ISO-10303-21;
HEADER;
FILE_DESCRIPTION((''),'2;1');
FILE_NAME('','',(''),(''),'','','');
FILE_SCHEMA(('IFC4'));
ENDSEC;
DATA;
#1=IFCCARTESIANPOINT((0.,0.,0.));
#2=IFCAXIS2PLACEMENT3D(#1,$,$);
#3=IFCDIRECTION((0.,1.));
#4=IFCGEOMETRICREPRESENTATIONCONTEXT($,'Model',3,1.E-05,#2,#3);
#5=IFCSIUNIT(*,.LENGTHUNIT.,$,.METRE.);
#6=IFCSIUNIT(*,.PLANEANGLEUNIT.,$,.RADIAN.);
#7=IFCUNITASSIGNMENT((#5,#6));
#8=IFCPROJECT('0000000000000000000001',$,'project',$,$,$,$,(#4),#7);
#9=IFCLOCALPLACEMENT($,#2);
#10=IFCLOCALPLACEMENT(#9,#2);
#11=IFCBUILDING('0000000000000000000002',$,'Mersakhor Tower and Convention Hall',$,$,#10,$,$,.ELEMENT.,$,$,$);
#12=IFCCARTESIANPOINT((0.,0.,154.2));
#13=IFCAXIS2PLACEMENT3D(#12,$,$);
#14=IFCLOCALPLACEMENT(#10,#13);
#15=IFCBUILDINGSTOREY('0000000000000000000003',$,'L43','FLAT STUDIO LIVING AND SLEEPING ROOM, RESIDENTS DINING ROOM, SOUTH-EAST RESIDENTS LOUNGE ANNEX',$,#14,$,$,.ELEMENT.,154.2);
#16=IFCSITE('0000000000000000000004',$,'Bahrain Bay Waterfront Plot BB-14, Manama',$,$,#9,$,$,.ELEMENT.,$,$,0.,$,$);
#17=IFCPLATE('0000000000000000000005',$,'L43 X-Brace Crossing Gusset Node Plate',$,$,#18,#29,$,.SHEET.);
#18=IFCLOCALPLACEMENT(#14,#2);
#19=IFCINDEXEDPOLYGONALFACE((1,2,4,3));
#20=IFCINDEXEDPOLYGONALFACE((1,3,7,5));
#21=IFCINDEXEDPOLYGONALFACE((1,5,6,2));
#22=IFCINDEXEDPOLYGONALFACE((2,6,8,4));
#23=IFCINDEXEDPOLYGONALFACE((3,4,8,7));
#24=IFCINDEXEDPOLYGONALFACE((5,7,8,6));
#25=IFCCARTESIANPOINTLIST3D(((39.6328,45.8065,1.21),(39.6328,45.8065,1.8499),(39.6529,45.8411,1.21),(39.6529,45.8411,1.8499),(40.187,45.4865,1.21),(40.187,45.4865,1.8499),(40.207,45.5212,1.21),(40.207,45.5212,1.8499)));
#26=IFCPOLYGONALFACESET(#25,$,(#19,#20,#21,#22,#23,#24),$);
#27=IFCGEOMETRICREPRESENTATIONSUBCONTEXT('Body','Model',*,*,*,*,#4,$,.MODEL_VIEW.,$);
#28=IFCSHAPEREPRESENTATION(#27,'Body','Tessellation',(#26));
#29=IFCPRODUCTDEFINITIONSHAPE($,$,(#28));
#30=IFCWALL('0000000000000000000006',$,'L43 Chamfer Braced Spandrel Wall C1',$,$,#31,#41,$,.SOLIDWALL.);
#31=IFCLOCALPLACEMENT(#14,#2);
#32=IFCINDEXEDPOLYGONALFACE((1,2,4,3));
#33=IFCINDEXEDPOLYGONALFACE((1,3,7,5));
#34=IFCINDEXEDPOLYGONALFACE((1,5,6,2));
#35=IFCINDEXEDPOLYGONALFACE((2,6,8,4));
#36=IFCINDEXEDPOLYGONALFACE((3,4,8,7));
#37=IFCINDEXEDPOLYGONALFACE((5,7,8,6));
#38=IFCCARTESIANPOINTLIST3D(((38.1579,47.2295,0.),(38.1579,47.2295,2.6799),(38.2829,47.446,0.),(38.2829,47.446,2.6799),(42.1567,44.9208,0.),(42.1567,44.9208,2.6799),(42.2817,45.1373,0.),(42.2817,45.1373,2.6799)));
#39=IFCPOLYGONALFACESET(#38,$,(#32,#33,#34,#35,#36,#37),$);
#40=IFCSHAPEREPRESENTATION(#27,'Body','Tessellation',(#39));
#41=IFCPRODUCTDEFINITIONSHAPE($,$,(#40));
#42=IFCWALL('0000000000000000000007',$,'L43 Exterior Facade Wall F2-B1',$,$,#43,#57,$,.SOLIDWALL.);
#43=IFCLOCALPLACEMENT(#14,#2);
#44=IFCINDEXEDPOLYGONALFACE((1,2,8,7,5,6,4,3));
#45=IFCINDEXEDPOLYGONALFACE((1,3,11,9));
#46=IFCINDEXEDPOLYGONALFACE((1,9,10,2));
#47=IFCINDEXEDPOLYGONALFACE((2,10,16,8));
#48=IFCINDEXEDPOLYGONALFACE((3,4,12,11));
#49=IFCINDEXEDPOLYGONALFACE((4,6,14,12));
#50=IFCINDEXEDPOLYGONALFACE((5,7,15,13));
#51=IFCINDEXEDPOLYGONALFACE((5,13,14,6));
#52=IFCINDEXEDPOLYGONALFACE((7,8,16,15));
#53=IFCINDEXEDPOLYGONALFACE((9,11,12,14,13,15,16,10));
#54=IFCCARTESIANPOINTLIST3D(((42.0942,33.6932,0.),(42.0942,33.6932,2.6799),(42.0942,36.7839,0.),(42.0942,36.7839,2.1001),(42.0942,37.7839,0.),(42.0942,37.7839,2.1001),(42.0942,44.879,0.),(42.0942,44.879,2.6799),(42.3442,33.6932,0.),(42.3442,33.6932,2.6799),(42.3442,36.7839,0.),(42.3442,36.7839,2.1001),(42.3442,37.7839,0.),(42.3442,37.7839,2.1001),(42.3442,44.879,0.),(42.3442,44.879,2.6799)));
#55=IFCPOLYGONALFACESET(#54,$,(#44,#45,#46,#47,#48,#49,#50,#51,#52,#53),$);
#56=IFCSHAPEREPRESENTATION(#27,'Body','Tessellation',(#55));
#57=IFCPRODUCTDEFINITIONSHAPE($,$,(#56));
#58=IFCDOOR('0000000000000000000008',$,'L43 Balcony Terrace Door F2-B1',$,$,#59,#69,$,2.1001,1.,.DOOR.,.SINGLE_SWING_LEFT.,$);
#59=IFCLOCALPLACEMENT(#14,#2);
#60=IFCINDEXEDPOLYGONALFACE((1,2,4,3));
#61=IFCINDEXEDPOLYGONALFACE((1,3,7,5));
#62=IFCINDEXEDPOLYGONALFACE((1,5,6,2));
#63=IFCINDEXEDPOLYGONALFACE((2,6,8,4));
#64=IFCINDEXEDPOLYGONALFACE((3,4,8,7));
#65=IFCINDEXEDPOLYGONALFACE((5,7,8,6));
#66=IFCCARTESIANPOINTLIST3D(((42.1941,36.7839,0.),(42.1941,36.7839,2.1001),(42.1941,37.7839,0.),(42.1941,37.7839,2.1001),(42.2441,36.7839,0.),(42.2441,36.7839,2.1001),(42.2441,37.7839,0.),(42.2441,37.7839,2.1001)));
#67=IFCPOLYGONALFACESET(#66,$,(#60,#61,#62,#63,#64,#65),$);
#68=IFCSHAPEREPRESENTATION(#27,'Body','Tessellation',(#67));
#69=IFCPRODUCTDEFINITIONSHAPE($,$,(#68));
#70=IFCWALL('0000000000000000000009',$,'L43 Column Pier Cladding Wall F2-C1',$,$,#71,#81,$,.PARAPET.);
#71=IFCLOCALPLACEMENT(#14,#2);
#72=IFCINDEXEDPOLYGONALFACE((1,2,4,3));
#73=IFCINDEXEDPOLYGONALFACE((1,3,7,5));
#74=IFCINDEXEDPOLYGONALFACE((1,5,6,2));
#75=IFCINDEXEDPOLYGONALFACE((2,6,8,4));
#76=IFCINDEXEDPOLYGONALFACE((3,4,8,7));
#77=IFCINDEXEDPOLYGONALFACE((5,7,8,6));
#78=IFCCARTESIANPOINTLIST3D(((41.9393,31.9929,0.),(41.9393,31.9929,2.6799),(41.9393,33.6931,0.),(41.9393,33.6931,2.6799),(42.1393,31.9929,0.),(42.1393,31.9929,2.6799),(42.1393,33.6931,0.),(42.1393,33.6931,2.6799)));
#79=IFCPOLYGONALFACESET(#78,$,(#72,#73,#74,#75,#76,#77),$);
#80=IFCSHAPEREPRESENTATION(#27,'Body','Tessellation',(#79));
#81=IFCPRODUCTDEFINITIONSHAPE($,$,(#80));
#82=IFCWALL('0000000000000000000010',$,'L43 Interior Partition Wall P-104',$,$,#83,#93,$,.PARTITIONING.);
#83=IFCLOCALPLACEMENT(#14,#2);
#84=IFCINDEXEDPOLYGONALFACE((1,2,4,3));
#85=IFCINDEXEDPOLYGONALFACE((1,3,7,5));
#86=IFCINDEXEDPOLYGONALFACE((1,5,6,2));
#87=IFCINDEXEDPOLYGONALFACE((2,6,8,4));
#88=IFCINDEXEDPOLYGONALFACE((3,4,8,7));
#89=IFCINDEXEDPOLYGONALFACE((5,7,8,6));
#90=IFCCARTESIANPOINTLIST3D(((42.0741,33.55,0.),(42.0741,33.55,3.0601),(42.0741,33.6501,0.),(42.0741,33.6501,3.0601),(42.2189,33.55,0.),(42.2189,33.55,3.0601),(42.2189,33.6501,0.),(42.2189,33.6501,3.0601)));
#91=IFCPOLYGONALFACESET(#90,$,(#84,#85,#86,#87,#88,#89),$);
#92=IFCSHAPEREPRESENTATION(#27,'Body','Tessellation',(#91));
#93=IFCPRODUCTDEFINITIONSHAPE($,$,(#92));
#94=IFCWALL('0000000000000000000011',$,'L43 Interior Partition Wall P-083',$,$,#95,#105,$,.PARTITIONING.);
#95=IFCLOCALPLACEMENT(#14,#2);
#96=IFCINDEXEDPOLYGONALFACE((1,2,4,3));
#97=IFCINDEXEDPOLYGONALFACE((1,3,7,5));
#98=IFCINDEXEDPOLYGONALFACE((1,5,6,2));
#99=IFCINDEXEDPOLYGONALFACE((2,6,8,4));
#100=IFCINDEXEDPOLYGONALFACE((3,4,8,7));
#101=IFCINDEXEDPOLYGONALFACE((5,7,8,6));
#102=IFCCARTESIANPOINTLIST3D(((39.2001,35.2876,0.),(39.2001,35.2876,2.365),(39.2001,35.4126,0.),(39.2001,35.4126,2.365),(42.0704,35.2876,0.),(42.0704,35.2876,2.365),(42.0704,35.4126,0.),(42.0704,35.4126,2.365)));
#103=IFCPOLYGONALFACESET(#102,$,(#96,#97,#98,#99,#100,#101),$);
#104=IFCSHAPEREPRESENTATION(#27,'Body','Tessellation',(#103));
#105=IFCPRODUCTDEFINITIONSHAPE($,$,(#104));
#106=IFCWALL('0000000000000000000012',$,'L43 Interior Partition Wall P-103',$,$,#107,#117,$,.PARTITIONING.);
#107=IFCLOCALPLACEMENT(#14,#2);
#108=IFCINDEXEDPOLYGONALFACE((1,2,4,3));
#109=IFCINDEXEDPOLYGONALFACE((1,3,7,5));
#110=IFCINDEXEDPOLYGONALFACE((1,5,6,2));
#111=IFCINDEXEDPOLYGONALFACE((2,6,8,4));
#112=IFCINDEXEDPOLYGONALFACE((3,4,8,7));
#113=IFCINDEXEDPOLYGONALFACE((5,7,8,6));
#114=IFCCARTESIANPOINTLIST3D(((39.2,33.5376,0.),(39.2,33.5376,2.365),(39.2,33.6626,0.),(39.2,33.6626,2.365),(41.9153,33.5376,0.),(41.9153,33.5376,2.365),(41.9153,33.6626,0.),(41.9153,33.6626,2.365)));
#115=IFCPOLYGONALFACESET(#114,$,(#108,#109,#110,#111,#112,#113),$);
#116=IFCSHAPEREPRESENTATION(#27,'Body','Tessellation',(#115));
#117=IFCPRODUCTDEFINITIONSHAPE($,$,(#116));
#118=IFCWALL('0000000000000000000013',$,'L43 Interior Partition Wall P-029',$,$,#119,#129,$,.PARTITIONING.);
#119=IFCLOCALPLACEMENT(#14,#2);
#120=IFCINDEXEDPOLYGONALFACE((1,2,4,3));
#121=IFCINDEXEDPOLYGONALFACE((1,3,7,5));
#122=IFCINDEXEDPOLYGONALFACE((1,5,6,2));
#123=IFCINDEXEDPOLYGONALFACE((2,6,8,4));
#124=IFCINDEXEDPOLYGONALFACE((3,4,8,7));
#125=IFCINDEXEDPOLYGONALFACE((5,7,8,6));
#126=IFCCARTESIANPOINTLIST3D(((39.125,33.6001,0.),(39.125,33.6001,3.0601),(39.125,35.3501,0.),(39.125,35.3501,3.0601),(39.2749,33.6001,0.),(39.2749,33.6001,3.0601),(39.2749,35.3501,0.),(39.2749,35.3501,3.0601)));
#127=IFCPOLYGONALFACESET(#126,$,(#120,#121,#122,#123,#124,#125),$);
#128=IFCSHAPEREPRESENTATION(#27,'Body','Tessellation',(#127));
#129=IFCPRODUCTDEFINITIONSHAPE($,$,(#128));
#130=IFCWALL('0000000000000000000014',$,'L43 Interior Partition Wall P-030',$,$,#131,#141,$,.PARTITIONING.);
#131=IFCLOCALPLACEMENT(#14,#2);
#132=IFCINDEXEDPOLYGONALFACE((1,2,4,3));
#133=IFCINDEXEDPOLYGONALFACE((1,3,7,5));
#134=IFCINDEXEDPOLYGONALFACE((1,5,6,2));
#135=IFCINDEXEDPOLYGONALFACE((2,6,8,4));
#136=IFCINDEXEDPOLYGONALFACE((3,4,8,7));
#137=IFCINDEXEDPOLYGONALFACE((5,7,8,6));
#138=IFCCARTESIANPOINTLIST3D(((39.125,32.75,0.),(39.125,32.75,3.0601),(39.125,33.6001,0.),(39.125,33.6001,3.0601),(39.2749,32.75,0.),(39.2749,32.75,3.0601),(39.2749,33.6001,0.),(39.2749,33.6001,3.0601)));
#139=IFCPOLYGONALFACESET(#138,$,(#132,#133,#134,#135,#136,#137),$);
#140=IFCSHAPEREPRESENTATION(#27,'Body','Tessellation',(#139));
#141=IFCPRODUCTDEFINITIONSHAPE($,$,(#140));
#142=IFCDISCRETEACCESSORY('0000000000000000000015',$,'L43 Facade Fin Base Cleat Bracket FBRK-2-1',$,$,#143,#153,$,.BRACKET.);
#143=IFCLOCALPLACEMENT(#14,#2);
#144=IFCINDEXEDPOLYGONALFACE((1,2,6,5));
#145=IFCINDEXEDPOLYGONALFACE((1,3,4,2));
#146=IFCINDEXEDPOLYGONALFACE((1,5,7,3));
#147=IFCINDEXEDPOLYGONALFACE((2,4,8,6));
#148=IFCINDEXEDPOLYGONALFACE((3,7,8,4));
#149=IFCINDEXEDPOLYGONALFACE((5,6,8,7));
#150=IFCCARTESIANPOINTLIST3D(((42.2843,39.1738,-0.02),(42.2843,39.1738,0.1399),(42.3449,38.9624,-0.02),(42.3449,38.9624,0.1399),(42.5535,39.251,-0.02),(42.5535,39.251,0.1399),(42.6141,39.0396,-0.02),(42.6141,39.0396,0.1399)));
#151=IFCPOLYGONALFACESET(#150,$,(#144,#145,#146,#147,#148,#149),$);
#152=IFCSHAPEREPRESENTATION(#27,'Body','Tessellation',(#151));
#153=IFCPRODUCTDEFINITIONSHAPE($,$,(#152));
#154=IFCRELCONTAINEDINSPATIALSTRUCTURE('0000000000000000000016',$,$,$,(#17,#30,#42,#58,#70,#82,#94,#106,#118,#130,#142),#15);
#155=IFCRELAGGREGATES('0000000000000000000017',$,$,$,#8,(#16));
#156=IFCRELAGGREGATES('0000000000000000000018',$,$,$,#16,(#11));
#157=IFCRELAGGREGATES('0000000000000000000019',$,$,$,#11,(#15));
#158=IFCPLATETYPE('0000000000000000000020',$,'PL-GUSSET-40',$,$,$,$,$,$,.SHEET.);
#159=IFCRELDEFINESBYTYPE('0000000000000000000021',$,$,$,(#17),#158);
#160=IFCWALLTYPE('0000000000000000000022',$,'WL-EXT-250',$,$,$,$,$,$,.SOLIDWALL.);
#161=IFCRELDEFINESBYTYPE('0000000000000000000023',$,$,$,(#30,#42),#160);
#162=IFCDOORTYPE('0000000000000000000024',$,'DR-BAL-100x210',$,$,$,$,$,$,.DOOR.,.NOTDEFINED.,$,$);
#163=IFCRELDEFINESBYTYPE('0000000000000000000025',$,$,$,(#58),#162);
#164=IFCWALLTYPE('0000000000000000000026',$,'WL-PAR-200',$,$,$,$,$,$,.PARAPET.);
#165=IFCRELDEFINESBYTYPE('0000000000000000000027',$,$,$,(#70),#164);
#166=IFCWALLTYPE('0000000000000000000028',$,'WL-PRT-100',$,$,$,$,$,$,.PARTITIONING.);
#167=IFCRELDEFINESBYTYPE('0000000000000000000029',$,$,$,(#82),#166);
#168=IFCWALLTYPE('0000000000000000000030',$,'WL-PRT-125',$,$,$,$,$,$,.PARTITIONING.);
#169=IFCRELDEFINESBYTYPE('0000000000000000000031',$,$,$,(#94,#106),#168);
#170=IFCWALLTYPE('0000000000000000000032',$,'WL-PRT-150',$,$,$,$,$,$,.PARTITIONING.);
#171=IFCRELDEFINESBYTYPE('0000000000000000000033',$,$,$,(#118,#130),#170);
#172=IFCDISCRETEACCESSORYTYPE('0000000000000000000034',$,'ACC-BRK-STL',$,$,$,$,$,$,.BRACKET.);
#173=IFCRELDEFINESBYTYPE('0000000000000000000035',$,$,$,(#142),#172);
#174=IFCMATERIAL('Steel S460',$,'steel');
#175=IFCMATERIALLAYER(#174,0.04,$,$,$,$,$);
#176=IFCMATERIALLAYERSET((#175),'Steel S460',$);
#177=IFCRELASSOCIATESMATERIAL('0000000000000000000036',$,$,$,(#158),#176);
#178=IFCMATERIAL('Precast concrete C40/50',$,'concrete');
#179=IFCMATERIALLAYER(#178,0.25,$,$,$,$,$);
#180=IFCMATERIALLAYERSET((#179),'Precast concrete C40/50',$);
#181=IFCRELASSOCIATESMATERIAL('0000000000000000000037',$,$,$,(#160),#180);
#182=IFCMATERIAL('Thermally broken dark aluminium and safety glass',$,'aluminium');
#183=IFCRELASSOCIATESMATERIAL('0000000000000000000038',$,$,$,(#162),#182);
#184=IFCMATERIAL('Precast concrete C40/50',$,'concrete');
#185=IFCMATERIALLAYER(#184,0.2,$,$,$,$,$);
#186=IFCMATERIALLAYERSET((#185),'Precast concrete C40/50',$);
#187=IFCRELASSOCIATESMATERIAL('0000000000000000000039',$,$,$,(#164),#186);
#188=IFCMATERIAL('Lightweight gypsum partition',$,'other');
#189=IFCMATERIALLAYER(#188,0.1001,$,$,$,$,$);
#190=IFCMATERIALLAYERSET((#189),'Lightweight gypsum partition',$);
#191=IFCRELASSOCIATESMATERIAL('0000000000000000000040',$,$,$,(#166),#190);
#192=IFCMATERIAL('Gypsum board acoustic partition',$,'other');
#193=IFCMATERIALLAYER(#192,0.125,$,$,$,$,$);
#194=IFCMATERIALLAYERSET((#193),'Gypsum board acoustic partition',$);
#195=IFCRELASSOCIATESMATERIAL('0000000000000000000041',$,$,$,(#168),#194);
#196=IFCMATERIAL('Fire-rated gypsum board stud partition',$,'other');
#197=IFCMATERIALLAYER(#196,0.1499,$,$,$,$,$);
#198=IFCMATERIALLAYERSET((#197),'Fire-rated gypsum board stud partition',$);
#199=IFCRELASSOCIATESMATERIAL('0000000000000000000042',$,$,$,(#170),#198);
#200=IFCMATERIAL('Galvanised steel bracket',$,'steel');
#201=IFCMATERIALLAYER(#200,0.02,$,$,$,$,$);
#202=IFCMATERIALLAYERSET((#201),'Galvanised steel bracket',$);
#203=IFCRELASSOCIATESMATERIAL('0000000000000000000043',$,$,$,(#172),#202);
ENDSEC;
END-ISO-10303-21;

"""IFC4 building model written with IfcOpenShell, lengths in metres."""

from ifc_helpers import new_model, si_unit, direction, frame, frame_2d, origin, origin_2d, place, context, subcontext, project, spatial, rectangle, extrude, material, layer, layer_set, type_object, element, fill, save


model = new_model("IFC4")

# Units and contexts
model_context = context("Model", 3, precision=1e-05, world=origin(), true_north=direction((0.0, 1.0)))
body_context = subcontext(model_context, "Body", "Model", "MODEL_VIEW")
ifc_project = project(units=[si_unit("LENGTHUNIT", "METRE"), si_unit("PLANEANGLEUNIT", "RADIAN")], contexts=[model_context])

# Site, building, storey
site_placement = place(None, origin())
site = spatial("IfcSite", under=ifc_project, at=site_placement, Name="Bahrain Bay Waterfront Plot BB-14, Manama", CompositionType="ELEMENT", RefElevation=0.0)
building_placement = place(site_placement, origin())
building = spatial("IfcBuilding", under=site, at=building_placement, Name="Mersakhor Tower and Convention Hall", CompositionType="ELEMENT")
storey_placement = place(building_placement, frame((0.0, 0.0, 154.2)))
storey = spatial("IfcBuildingStorey", under=building, at=storey_placement, Name="L43", Description="FLAT STUDIO LIVING AND SLEEPING ROOM, RESIDENTS DINING ROOM, SOUTH-EAST RESIDENTS LOUNGE ANNEX", CompositionType="ELEMENT", Elevation=154.2)

# Plate
ifc_material_1 = material(Name="Steel S460", Category="steel")
ifc_layer_1 = layer(ifc_material_1, 0.04)
ifc_layer_set_1 = layer_set([ifc_layer_1], Name="Steel S460")
plate_type_1 = type_object("IfcPlateType", Name="PL-GUSSET-40", PredefinedType="SHEET", material=ifc_layer_set_1)
plate_1_placement = place(storey_placement, frame((39.9199, 45.6638, 1.21), z_axis=(0.0, 0.0, 1.0), x_axis=(-0.866025, 0.5, 0.0)))
element("IfcPlate", 1, at=plate_1_placement, inside=storey, type_object=plate_type_1, Name="L43 X-Brace Crossing Gusset Node Plate", PredefinedType="SHEET", context=body_context, shape_type="SweptSolid", body=[
    extrude(rectangle(XDim=0.6399, YDim=0.04, at=origin_2d()), origin(), (0.0, 0.0, 1.0), 0.6399),
])

# Wall
ifc_material_2 = material(Name="Precast concrete C40/50", Category="concrete")
ifc_layer_2 = layer(ifc_material_2, 0.25)
ifc_layer_set_2 = layer_set([ifc_layer_2], Name="Precast concrete C40/50")
wall_type_1 = type_object("IfcWallType", Name="WL-EXT-250", PredefinedType="SOLIDWALL", material=ifc_layer_set_2)
wall_1_placement = place(storey_placement, frame((38.2205, 47.3376, 0.0), z_axis=(0.0, 0.0, 1.0), x_axis=(0.866035, -0.499983, 0.0)))
element("IfcWall", 2, at=wall_1_placement, inside=storey, type_object=wall_type_1, Name="L43 Chamfer Braced Spandrel Wall C1", PredefinedType="SOLIDWALL", context=body_context, shape_type="SweptSolid", body=[
    extrude(rectangle(XDim=4.6174, YDim=0.25, at=frame_2d((2.3086, 0.0))), origin(), (0.0, 0.0, 1.0), 2.6799),
])

# Wall, opening, door
wall_2_placement = place(storey_placement, frame((42.2192, 44.8789, 0.0), z_axis=(0.0, 0.0, 1.0), x_axis=(0.0, -1.0, 0.0)))
wall_2 = element("IfcWall", 3, at=wall_2_placement, inside=storey, type_object=wall_type_1, Name="L43 Exterior Facade Wall F2-B1", PredefinedType="SOLIDWALL", context=body_context, shape_type="SweptSolid", body=[
    extrude(rectangle(XDim=11.1858, YDim=0.25, at=frame_2d((5.5928, 0.0))), origin(), (0.0, 0.0, 1.0), 2.6799),
])
opening_placement = place(wall_2_placement, frame((7.095, 0.0, 0.0)))
opening = element("IfcOpeningElement", 4, at=opening_placement, cuts=wall_2, PredefinedType="OPENING", context=body_context, shape_type="SweptSolid", body=[
    extrude(rectangle(XDim=1.0, YDim=2.1001, at=frame_2d((0.5, 1.05))), frame((0.0, 0.135, 0.0), z_axis=(0.0, -1.0, 0.0), x_axis=(1.0, 0.0, 0.0)), (0.0, 0.0, 1.0), 0.27),
])
ifc_material_3 = material(Name="Thermally broken dark aluminium and safety glass", Category="aluminium")
door_type = type_object("IfcDoorType", Name="DR-BAL-100x210", OperationType="NOTDEFINED", PredefinedType="DOOR", material=ifc_material_3)
door_placement = place(opening_placement, origin())
door = element("IfcDoor", 5, at=door_placement, inside=storey, type_object=door_type, Name="L43 Balcony Terrace Door F2-B1", OperationType="SINGLE_SWING_LEFT", OverallHeight=2.1001, OverallWidth=1.0, PredefinedType="DOOR", context=body_context, shape_type="SweptSolid", body=[
    extrude(rectangle(XDim=1.0, YDim=2.1001, at=frame_2d((0.5, 1.05))), frame((0.0, 0.0249, 0.0), z_axis=(0.0, -1.0, 0.0), x_axis=(1.0, 0.0, 0.0)), (0.0, 0.0, 1.0), 0.05),
])
fill(opening, door)

# Walls
ifc_material_4 = material(Name="Precast concrete C40/50", Category="concrete")
ifc_layer_3 = layer(ifc_material_4, 0.2)
ifc_layer_set_3 = layer_set([ifc_layer_3], Name="Precast concrete C40/50")
wall_type_2 = type_object("IfcWallType", Name="WL-PAR-200", PredefinedType="PARAPET", material=ifc_layer_set_3)
wall_3_placement = place(storey_placement, frame((42.0393, 33.6931, 0.0), z_axis=(0.0, 0.0, 1.0), x_axis=(0.0, -1.0, 0.0)))
element("IfcWall", 6, at=wall_3_placement, inside=storey, type_object=wall_type_2, Name="L43 Column Pier Cladding Wall F2-C1", PredefinedType="PARAPET", context=body_context, shape_type="SweptSolid", body=[
    extrude(rectangle(XDim=1.7002, YDim=0.2, at=frame_2d((0.8501, 0.0))), origin(), (0.0, 0.0, 1.0), 2.6799),
])
ifc_material_5 = material(Name="Lightweight gypsum partition", Category="other")
ifc_layer_4 = layer(ifc_material_5, 0.1001)
ifc_layer_set_4 = layer_set([ifc_layer_4], Name="Lightweight gypsum partition")
wall_type_3 = type_object("IfcWallType", Name="WL-PRT-100", PredefinedType="PARTITIONING", material=ifc_layer_set_4)
wall_4_placement = place(storey_placement, frame((42.0742, 33.6001, 0.0), z_axis=(0.0, 0.0, 1.0), x_axis=(1.0, 0.0, 0.0)))
element("IfcWall", 7, at=wall_4_placement, inside=storey, type_object=wall_type_3, Name="L43 Interior Partition Wall P-104", PredefinedType="PARTITIONING", context=body_context, shape_type="SweptSolid", body=[
    extrude(rectangle(XDim=0.1448, YDim=0.1001, at=frame_2d((0.0723, 0.0))), origin(), (0.0, 0.0, 1.0), 3.0601),
])
ifc_material_6 = material(Name="Gypsum board acoustic partition", Category="other")
ifc_layer_5 = layer(ifc_material_6, 0.125)
ifc_layer_set_5 = layer_set([ifc_layer_5], Name="Gypsum board acoustic partition")
wall_type_4 = type_object("IfcWallType", Name="WL-PRT-125", PredefinedType="PARTITIONING", material=ifc_layer_set_5)
wall_5_placement = place(storey_placement, frame((42.0703, 35.3501, 0.0), z_axis=(0.0, 0.0, 1.0), x_axis=(-1.0, 0.0, 0.0)))
element("IfcWall", 8, at=wall_5_placement, inside=storey, type_object=wall_type_4, Name="L43 Interior Partition Wall P-083", PredefinedType="PARTITIONING", context=body_context, shape_type="SweptSolid", body=[
    extrude(rectangle(XDim=2.8704, YDim=0.125, at=frame_2d((1.4351, 0.0))), origin(), (0.0, 0.0, 1.0), 2.365),
])
wall_6_placement = place(storey_placement, frame((39.2, 33.6001, 0.0), z_axis=(0.0, 0.0, 1.0), x_axis=(1.0, 0.0, 0.0)))
element("IfcWall", 9, at=wall_6_placement, inside=storey, type_object=wall_type_4, Name="L43 Interior Partition Wall P-103", PredefinedType="PARTITIONING", context=body_context, shape_type="SweptSolid", body=[
    extrude(rectangle(XDim=2.7153, YDim=0.125, at=frame_2d((1.3577, 0.0))), origin(), (0.0, 0.0, 1.0), 2.365),
])
ifc_material_7 = material(Name="Fire-rated gypsum board stud partition", Category="other")
ifc_layer_6 = layer(ifc_material_7, 0.1499)
ifc_layer_set_6 = layer_set([ifc_layer_6], Name="Fire-rated gypsum board stud partition")
wall_type_5 = type_object("IfcWallType", Name="WL-PRT-150", PredefinedType="PARTITIONING", material=ifc_layer_set_6)
wall_7_placement = place(storey_placement, frame((39.2, 35.3501, 0.0), z_axis=(0.0, 0.0, 1.0), x_axis=(0.0, -1.0, 0.0)))
element("IfcWall", 10, at=wall_7_placement, inside=storey, type_object=wall_type_5, Name="L43 Interior Partition Wall P-029", PredefinedType="PARTITIONING", context=body_context, shape_type="SweptSolid", body=[
    extrude(rectangle(XDim=1.75, YDim=0.1499, at=frame_2d((0.875, 0.0))), origin(), (0.0, 0.0, 1.0), 3.0601),
])
wall_8_placement = place(storey_placement, frame((39.2, 33.6001, 0.0), z_axis=(0.0, 0.0, 1.0), x_axis=(0.0, -1.0, 0.0)))
element("IfcWall", 11, at=wall_8_placement, inside=storey, type_object=wall_type_5, Name="L43 Interior Partition Wall P-030", PredefinedType="PARTITIONING", context=body_context, shape_type="SweptSolid", body=[
    extrude(rectangle(XDim=0.8501, YDim=0.1499, at=frame_2d((0.425, 0.0))), origin(), (0.0, 0.0, 1.0), 3.0601),
])

# Discrete accessory
ifc_material_8 = material(Name="Galvanised steel bracket", Category="steel")
ifc_layer_7 = layer(ifc_material_8, 0.02)
ifc_layer_set_7 = layer_set([ifc_layer_7], Name="Galvanised steel bracket")
discrete_accessory_type = type_object("IfcDiscreteAccessoryType", Name="ACC-BRK-STL", PredefinedType="BRACKET", material=ifc_layer_set_7)
discrete_accessory_placement = place(storey_placement, frame((42.4492, 39.1067, -0.02), z_axis=(0.0, 0.0, 1.0), x_axis=(0.961262, 0.275637, 0.0)))
element("IfcDiscreteAccessory", 12, at=discrete_accessory_placement, inside=storey, type_object=discrete_accessory_type, Name="L43 Facade Fin Base Cleat Bracket FBRK-2-1", PredefinedType="BRACKET", context=body_context, shape_type="SweptSolid", body=[
    extrude(rectangle(XDim=0.28, YDim=0.22, at=origin_2d()), origin(), (0.0, 0.0, 1.0), 0.1599),
])

save(model, "model.ifc")
